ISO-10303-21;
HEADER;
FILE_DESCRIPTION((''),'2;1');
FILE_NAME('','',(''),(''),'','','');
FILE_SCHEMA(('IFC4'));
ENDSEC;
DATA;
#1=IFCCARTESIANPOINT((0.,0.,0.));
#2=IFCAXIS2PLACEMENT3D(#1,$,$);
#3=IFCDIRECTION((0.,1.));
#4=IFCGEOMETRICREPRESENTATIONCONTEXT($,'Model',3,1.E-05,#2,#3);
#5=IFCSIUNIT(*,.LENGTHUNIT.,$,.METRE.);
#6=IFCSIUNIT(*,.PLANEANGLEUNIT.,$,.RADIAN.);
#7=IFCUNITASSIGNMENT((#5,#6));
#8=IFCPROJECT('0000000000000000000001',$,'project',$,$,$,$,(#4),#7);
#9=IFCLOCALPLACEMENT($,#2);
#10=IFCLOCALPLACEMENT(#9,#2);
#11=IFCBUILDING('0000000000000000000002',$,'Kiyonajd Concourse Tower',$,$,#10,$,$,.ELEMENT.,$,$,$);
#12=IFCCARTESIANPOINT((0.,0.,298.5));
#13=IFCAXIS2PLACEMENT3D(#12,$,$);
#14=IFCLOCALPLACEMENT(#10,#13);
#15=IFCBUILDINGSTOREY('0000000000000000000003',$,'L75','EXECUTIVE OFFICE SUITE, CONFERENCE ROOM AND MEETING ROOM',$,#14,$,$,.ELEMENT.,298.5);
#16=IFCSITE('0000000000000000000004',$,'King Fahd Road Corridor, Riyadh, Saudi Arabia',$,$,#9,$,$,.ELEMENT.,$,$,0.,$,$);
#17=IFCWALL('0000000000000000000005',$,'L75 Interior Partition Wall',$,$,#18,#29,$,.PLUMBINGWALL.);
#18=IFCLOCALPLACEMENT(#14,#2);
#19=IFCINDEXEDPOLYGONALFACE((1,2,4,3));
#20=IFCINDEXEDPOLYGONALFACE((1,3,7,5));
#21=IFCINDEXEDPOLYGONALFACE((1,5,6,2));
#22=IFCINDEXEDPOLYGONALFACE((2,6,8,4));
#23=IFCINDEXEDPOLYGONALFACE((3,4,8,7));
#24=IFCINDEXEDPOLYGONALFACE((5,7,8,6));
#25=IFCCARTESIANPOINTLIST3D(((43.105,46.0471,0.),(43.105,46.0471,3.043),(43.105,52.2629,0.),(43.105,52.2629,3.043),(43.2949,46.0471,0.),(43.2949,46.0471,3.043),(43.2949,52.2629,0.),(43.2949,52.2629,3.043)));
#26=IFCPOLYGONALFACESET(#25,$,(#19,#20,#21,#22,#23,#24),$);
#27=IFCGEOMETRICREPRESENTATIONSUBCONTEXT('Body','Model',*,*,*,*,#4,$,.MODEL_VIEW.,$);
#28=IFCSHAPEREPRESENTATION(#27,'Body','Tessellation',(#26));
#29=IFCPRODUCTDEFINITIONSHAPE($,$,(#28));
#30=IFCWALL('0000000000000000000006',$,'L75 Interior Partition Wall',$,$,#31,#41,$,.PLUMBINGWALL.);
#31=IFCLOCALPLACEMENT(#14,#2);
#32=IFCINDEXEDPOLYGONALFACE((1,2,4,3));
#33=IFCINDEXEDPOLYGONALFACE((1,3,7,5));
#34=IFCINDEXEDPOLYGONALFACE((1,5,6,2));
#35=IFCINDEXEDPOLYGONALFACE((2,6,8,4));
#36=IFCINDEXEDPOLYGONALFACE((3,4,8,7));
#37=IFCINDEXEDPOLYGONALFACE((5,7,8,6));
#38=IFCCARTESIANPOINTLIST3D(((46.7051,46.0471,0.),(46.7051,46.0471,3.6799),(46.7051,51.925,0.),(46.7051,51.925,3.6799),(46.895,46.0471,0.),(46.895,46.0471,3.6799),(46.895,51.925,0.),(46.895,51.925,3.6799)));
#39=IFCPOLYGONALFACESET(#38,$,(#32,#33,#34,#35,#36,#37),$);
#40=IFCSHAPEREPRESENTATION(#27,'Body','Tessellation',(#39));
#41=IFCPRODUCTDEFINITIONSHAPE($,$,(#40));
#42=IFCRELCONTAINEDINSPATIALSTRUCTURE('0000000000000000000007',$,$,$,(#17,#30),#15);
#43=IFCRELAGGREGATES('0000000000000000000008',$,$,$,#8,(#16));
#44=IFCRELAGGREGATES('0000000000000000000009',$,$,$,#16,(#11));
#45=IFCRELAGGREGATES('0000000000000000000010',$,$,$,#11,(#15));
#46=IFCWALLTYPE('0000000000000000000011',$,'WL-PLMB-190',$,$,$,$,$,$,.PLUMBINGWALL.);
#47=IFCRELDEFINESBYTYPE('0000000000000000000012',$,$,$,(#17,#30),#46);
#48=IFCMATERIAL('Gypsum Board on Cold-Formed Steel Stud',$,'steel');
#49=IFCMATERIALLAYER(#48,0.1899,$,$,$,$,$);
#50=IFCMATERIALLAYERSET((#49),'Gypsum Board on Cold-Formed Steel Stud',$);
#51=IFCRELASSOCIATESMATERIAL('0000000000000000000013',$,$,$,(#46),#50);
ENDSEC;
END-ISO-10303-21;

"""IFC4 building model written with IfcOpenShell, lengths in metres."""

from ifc_helpers import new_model, si_unit, direction, frame, frame_2d, origin, place, context, subcontext, project, spatial, rectangle, extrude, material, layer, layer_set, type_object, element, save


model = new_model("IFC4")

# Units and contexts
model_context = context("Model", 3, precision=1e-05, world=origin(), true_north=direction((0.0, 1.0)))
body_context = subcontext(model_context, "Body", "Model", "MODEL_VIEW")
ifc_project = project(units=[si_unit("LENGTHUNIT", "METRE"), si_unit("PLANEANGLEUNIT", "RADIAN")], contexts=[model_context])

# Site, building, storey
site_placement = place(None, origin())
site = spatial("IfcSite", under=ifc_project, at=site_placement, Name="King Fahd Road Corridor, Riyadh, Saudi Arabia", CompositionType="ELEMENT", RefElevation=0.0)
building_placement = place(site_placement, origin())
building = spatial("IfcBuilding", under=site, at=building_placement, Name="Kiyonajd Concourse Tower", CompositionType="ELEMENT")
storey_placement = place(building_placement, frame((0.0, 0.0, 298.5)))
storey = spatial("IfcBuildingStorey", under=building, at=storey_placement, Name="L75", Description="EXECUTIVE OFFICE SUITE, CONFERENCE ROOM AND MEETING ROOM", CompositionType="ELEMENT", Elevation=298.5)

# Walls
ifc_material_1 = material(Name="Gypsum Board on Cold-Formed Steel Stud", Category="steel")
ifc_layer_1 = layer(ifc_material_1, 0.1899)
ifc_layer_set_1 = layer_set([ifc_layer_1], Name="Gypsum Board on Cold-Formed Steel Stud")
wall_type_1 = type_object("IfcWallType", Name="WL-PLMB-190", PredefinedType="PLUMBINGWALL", material=ifc_layer_set_1)
wall_1_placement = place(storey_placement, frame((43.2, 46.0471, 0.0), z_axis=(0.0, 0.0, 1.0), x_axis=(0.0, 1.0, 0.0)))
element("IfcWall", 1, at=wall_1_placement, inside=storey, type_object=wall_type_1, Name="L75 Interior Partition Wall", PredefinedType="PLUMBINGWALL", context=body_context, shape_type="SweptSolid", body=[
    extrude(rectangle(XDim=6.2158, YDim=0.1899, at=frame_2d((3.1079, 0.0))), origin(), (0.0, 0.0, 1.0), 3.043),
])
wall_2_placement = place(storey_placement, frame((46.8, 46.0471, 0.0), z_axis=(0.0, 0.0, 1.0), x_axis=(0.0, 1.0, 0.0)))
element("IfcWall", 2, at=wall_2_placement, inside=storey, type_object=wall_type_1, Name="L75 Interior Partition Wall", PredefinedType="PLUMBINGWALL", context=body_context, shape_type="SweptSolid", body=[
    extrude(rectangle(XDim=5.8779, YDim=0.1899, at=frame_2d((2.939, 0.0))), origin(), (0.0, 0.0, 1.0), 3.6799),
])

save(model, "model.ifc")
